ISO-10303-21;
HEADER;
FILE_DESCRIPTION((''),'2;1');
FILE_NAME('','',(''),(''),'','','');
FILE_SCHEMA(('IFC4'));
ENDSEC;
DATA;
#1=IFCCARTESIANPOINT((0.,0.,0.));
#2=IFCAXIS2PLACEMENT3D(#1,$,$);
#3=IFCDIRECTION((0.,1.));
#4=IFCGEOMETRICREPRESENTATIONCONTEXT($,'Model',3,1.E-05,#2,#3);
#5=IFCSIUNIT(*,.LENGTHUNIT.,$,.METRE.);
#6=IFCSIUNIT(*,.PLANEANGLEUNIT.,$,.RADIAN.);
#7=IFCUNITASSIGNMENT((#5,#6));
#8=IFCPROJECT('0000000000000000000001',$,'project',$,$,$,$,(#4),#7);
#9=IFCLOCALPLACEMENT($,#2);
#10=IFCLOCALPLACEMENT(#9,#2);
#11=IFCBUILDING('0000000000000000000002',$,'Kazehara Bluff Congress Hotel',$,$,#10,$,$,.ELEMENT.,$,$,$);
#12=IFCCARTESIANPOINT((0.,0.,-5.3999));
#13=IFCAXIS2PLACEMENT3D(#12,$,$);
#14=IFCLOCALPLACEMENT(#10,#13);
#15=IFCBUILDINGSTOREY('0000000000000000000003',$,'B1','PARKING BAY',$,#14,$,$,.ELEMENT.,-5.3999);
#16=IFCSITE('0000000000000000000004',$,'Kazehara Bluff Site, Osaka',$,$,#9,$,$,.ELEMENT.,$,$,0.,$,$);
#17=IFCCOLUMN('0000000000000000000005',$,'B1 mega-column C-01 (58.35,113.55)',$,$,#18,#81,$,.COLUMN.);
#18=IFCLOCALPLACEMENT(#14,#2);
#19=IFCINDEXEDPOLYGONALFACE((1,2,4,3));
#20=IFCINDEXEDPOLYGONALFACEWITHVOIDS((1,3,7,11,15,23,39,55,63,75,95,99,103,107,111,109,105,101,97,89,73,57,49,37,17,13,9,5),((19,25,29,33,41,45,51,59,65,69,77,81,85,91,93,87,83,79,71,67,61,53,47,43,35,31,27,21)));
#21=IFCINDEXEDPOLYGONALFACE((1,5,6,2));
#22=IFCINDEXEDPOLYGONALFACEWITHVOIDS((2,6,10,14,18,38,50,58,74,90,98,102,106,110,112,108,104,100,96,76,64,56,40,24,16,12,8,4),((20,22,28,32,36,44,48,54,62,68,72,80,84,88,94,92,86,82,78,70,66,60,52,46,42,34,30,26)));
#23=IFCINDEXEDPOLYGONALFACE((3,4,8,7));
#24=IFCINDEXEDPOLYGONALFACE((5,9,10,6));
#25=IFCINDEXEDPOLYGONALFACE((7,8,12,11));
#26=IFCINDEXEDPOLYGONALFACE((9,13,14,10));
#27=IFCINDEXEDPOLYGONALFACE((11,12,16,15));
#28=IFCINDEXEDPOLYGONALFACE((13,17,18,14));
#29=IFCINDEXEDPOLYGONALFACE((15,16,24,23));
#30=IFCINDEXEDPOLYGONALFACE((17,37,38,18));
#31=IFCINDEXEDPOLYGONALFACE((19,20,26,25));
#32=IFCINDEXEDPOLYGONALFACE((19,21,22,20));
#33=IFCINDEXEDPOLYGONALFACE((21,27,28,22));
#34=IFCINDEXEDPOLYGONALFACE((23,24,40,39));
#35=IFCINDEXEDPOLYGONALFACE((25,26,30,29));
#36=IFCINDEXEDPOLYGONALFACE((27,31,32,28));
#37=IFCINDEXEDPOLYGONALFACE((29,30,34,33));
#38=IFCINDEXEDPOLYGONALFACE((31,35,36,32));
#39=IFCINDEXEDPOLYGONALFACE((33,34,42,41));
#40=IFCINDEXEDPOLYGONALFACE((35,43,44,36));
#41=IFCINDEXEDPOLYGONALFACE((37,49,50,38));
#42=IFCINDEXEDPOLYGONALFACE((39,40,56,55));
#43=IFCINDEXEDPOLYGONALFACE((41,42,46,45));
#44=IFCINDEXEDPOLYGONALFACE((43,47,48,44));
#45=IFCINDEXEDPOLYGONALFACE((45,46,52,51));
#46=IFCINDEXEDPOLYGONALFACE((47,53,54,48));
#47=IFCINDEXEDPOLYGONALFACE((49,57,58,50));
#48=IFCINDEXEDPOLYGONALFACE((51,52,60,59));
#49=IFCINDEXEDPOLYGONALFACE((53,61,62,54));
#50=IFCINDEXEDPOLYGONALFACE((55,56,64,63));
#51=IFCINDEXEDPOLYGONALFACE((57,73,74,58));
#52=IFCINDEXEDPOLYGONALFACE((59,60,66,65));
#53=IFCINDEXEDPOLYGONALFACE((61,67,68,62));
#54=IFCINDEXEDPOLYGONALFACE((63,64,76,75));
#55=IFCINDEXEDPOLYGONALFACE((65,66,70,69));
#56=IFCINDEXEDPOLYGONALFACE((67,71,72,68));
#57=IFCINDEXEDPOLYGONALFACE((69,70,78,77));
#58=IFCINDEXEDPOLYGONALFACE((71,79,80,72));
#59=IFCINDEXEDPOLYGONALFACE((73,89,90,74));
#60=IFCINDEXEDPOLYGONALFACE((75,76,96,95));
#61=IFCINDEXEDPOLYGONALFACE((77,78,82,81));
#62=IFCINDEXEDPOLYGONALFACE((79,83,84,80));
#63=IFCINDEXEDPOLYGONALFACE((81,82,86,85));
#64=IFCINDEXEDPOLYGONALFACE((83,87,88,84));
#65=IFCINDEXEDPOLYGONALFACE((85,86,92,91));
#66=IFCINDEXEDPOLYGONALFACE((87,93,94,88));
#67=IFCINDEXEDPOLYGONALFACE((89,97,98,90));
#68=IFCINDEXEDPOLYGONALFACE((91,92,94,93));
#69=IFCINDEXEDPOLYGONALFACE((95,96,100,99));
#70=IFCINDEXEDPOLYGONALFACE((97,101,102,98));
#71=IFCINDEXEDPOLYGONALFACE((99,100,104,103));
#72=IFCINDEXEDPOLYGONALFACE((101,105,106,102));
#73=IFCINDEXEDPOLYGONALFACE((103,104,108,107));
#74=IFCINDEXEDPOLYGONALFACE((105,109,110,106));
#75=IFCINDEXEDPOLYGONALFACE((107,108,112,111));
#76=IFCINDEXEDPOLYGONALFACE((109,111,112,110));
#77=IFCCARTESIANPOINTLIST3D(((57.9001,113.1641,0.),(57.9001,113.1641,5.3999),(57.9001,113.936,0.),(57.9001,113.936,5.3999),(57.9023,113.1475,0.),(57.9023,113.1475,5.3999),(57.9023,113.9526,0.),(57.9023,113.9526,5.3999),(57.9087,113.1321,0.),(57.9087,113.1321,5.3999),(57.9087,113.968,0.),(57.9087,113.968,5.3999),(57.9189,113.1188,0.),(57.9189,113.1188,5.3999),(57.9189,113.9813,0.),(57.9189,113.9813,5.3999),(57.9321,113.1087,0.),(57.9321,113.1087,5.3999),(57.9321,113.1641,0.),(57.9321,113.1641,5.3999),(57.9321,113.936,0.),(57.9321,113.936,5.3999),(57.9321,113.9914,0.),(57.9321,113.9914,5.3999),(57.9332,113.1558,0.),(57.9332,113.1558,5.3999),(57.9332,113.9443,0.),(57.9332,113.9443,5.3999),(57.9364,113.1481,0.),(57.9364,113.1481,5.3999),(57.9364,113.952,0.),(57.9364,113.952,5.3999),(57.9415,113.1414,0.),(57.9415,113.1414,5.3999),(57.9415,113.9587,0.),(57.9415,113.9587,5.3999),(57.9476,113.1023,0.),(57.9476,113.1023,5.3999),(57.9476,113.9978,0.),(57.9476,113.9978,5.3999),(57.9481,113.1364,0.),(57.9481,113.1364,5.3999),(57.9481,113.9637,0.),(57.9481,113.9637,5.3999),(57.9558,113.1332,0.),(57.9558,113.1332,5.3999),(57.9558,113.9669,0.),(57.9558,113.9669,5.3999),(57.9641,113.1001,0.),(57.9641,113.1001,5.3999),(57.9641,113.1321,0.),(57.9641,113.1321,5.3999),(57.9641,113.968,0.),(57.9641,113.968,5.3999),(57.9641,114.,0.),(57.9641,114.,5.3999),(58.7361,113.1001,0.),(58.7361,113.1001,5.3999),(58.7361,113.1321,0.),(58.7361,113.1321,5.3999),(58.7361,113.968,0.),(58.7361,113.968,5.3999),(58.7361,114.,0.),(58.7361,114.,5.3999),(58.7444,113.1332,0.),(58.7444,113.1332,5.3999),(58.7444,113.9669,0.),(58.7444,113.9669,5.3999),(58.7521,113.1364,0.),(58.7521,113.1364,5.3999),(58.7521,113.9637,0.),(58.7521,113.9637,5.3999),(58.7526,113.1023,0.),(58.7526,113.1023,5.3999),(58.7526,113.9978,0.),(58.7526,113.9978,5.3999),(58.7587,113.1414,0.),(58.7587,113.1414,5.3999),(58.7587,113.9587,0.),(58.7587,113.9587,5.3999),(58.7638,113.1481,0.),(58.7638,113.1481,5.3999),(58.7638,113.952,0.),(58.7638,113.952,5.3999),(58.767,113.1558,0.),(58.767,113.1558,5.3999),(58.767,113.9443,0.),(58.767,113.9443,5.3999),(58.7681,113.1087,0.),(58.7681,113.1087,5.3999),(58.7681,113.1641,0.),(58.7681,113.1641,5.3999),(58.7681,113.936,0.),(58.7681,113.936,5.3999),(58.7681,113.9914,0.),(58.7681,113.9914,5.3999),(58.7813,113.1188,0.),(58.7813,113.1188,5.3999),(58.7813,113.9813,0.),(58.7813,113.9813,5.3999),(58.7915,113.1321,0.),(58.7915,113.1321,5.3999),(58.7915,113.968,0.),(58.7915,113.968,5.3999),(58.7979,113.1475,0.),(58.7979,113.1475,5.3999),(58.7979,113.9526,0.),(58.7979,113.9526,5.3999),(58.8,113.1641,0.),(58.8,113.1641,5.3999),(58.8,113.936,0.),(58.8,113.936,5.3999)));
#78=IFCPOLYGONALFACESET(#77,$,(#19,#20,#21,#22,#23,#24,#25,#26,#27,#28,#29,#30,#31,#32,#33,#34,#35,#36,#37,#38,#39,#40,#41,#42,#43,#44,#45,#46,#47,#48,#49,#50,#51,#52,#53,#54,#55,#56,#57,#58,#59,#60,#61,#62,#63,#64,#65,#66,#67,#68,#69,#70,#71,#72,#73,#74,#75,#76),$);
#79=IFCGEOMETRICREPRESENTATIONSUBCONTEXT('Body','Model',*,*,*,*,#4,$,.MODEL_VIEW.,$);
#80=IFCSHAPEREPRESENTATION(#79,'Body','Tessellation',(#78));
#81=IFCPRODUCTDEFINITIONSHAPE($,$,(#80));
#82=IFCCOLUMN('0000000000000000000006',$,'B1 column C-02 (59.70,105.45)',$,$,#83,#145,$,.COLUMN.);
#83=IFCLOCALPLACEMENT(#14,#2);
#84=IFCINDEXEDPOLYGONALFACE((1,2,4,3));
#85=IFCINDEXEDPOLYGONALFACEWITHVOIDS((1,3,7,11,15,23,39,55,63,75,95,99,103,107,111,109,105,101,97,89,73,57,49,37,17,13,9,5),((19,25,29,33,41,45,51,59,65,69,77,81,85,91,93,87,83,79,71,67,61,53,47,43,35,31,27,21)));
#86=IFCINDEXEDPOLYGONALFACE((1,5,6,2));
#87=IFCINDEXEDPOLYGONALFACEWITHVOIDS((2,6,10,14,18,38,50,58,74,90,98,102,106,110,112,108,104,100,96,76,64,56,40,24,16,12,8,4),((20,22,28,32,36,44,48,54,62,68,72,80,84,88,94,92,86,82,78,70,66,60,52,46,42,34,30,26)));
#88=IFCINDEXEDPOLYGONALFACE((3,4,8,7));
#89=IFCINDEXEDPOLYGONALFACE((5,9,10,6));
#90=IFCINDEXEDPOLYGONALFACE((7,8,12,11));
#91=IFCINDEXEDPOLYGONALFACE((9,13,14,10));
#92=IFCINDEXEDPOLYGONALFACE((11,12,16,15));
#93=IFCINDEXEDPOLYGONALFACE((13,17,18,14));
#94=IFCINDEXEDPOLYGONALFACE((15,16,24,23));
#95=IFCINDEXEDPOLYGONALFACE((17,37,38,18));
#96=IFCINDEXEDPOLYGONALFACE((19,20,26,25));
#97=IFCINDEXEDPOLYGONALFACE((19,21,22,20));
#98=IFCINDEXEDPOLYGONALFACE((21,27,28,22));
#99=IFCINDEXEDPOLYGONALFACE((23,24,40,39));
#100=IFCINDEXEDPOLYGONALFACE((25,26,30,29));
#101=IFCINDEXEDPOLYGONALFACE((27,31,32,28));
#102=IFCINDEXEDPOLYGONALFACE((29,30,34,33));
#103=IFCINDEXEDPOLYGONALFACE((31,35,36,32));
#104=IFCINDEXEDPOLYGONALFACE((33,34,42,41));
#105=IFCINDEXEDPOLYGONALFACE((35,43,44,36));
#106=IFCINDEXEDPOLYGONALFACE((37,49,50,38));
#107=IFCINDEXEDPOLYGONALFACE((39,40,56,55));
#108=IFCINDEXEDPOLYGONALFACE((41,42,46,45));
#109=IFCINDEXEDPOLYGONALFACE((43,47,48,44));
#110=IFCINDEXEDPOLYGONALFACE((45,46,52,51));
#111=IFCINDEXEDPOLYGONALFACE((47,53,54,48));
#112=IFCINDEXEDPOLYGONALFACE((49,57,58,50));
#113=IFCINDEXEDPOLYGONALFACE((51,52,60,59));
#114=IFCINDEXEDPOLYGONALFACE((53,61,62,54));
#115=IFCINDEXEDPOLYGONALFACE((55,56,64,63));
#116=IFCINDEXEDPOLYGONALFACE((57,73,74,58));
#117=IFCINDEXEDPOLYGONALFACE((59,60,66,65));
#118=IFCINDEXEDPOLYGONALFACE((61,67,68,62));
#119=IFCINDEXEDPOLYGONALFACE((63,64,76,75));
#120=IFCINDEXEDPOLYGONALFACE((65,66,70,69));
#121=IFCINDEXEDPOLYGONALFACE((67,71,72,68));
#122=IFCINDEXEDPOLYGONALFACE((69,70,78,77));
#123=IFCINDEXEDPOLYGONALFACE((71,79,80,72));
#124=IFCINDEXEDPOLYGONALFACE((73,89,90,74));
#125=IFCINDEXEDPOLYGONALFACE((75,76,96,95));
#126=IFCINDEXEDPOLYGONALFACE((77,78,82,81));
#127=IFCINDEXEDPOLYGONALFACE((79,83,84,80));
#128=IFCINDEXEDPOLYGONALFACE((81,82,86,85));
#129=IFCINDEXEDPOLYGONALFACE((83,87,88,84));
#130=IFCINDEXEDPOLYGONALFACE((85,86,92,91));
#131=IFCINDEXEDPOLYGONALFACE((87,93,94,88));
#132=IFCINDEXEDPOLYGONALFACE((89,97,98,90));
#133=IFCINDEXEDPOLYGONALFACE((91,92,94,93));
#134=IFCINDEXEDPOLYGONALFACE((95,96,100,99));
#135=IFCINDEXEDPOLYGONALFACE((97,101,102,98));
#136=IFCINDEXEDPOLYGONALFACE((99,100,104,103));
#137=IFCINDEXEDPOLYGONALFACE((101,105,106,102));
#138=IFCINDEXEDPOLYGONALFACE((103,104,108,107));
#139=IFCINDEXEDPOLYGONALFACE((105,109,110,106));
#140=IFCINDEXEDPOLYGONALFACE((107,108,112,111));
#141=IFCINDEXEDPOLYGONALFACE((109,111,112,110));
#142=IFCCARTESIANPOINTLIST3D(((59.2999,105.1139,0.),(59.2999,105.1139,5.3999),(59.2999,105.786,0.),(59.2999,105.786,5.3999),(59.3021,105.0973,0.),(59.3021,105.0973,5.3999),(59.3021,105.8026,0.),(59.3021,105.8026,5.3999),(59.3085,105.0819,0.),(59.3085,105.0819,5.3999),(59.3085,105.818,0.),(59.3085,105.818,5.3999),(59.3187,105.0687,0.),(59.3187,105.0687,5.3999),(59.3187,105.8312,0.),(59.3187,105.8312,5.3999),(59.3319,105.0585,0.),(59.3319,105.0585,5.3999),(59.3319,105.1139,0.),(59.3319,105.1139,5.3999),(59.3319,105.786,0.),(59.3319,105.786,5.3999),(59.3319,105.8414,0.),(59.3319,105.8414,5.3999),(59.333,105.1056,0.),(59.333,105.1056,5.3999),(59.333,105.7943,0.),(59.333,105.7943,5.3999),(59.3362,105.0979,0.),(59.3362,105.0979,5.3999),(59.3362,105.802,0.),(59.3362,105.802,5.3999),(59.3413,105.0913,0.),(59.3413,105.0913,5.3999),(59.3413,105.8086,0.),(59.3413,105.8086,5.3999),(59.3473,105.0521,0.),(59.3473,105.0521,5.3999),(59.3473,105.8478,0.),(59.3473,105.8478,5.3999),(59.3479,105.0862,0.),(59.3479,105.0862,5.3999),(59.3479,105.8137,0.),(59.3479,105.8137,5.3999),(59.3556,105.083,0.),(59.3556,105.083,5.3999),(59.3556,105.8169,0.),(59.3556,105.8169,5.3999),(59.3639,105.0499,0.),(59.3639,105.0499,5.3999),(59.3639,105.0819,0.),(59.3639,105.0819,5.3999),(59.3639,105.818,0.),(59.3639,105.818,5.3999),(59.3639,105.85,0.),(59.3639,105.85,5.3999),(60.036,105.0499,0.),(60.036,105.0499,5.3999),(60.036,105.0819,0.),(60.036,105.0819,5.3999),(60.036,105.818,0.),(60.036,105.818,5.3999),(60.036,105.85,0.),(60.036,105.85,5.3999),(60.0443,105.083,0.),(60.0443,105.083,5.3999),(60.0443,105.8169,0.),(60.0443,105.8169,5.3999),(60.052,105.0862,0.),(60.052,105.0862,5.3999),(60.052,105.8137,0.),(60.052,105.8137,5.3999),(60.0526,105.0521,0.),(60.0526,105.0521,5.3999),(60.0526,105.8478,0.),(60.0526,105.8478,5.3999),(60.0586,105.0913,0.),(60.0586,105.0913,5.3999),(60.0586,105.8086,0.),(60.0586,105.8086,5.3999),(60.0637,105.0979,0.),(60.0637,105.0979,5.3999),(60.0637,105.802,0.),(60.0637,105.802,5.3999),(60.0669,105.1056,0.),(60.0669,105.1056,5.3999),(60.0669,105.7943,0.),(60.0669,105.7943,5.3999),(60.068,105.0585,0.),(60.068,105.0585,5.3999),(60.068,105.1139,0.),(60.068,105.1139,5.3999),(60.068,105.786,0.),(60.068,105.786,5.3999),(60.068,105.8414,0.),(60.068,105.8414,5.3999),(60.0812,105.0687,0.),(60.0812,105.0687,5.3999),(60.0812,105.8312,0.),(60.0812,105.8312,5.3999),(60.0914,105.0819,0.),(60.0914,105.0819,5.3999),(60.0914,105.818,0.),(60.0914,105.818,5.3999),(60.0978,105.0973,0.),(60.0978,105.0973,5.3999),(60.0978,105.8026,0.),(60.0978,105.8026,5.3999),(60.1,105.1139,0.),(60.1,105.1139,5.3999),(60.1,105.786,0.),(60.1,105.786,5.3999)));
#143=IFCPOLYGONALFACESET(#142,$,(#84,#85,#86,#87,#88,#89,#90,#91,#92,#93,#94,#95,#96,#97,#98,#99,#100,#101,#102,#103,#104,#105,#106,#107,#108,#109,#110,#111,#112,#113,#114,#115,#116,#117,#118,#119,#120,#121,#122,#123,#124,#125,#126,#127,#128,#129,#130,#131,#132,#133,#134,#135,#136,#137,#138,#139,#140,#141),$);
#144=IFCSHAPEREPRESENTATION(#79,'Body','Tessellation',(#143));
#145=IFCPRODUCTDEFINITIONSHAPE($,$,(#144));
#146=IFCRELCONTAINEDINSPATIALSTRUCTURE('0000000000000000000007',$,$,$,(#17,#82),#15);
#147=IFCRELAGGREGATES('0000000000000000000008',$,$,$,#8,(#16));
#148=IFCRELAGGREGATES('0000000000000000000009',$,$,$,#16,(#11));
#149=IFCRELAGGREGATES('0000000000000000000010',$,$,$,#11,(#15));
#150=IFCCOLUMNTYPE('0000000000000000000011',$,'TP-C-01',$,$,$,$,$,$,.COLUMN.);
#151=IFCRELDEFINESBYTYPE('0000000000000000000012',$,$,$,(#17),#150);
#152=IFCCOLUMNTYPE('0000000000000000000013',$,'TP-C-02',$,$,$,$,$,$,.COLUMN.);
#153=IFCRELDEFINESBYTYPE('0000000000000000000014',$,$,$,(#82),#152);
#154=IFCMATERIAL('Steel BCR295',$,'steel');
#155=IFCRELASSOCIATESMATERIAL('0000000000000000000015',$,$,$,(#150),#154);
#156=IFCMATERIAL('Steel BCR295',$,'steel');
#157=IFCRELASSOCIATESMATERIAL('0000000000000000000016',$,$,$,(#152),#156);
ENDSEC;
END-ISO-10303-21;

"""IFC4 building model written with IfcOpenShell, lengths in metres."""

from ifc_helpers import new_model, si_unit, direction, frame, origin, origin_2d, place, context, subcontext, project, spatial, hollow_rectangle, extrude, material, material_profile, profile_set, type_object, element, save


model = new_model("IFC4")

# Units and contexts
model_context = context("Model", 3, precision=1e-05, world=origin(), true_north=direction((0.0, 1.0)))
body_context = subcontext(model_context, "Body", "Model", "MODEL_VIEW")
ifc_project = project(units=[si_unit("LENGTHUNIT", "METRE"), si_unit("PLANEANGLEUNIT", "RADIAN")], contexts=[model_context])

# Site, building, storey
site_placement = place(None, origin())
site = spatial("IfcSite", under=ifc_project, at=site_placement, Name="Kazehara Bluff Site, Osaka", CompositionType="ELEMENT", RefElevation=0.0)
building_placement = place(site_placement, origin())
building = spatial("IfcBuilding", under=site, at=building_placement, Name="Kazehara Bluff Congress Hotel", CompositionType="ELEMENT")
storey_placement = place(building_placement, frame((0.0, 0.0, -5.3999)))
storey = spatial("IfcBuildingStorey", under=building, at=storey_placement, Name="B1", Description="PARKING BAY", CompositionType="ELEMENT", Elevation=-5.3999)

# Columns
ifc_material_1 = material(Name="Steel BCR295", Category="steel")
ifc_material_profile_1 = material_profile(ifc_material_1, hollow_rectangle(XDim=0.8999, YDim=0.8999, WallThickness=0.032, InnerFilletRadius=0.032, OuterFilletRadius=0.064, at=origin_2d()))
ifc_profile_set_1 = profile_set([ifc_material_profile_1], Name="Steel BCR295")
column_type_1 = type_object("IfcColumnType", Name="TP-C-01", PredefinedType="COLUMN", material=ifc_profile_set_1)
for number, where, z_axis, x_axis, name in (
    (1, (58.3501, 113.55, 0.0), (0.0, 0.0, 1.0), (1.0, 0.0, 0.0), "B1 mega-column C-01 (58.35,113.55)"),
):
    element("IfcColumn", number, at=place(storey_placement, frame(where, z_axis=z_axis, x_axis=x_axis)), inside=storey, type_object=column_type_1, Name=name, PredefinedType="COLUMN", context=body_context, shape_type="SweptSolid", body=[
        extrude(hollow_rectangle(XDim=0.8999, YDim=0.8999, WallThickness=0.032, InnerFilletRadius=0.032, OuterFilletRadius=0.064, at=origin_2d()), origin(), (0.0, 0.0, 1.0), 5.3999),
    ])
ifc_material_2 = material(Name="Steel BCR295", Category="steel")
ifc_material_profile_2 = material_profile(ifc_material_2, hollow_rectangle(XDim=0.8, YDim=0.8, WallThickness=0.032, InnerFilletRadius=0.032, OuterFilletRadius=0.064, at=origin_2d()))
ifc_profile_set_2 = profile_set([ifc_material_profile_2], Name="Steel BCR295")
column_type_2 = type_object("IfcColumnType", Name="TP-C-02", PredefinedType="COLUMN", material=ifc_profile_set_2)
for number, where, z_axis, x_axis, name in (
    (2, (59.7, 105.45, 0.0), (0.0, 0.0, 1.0), (1.0, 0.0, 0.0), "B1 column C-02 (59.70,105.45)"),
):
    element("IfcColumn", number, at=place(storey_placement, frame(where, z_axis=z_axis, x_axis=x_axis)), inside=storey, type_object=column_type_2, Name=name, PredefinedType="COLUMN", context=body_context, shape_type="SweptSolid", body=[
        extrude(hollow_rectangle(XDim=0.8, YDim=0.8, WallThickness=0.032, InnerFilletRadius=0.032, OuterFilletRadius=0.064, at=origin_2d()), origin(), (0.0, 0.0, 1.0), 5.3999),
    ])

save(model, "model.ifc")
